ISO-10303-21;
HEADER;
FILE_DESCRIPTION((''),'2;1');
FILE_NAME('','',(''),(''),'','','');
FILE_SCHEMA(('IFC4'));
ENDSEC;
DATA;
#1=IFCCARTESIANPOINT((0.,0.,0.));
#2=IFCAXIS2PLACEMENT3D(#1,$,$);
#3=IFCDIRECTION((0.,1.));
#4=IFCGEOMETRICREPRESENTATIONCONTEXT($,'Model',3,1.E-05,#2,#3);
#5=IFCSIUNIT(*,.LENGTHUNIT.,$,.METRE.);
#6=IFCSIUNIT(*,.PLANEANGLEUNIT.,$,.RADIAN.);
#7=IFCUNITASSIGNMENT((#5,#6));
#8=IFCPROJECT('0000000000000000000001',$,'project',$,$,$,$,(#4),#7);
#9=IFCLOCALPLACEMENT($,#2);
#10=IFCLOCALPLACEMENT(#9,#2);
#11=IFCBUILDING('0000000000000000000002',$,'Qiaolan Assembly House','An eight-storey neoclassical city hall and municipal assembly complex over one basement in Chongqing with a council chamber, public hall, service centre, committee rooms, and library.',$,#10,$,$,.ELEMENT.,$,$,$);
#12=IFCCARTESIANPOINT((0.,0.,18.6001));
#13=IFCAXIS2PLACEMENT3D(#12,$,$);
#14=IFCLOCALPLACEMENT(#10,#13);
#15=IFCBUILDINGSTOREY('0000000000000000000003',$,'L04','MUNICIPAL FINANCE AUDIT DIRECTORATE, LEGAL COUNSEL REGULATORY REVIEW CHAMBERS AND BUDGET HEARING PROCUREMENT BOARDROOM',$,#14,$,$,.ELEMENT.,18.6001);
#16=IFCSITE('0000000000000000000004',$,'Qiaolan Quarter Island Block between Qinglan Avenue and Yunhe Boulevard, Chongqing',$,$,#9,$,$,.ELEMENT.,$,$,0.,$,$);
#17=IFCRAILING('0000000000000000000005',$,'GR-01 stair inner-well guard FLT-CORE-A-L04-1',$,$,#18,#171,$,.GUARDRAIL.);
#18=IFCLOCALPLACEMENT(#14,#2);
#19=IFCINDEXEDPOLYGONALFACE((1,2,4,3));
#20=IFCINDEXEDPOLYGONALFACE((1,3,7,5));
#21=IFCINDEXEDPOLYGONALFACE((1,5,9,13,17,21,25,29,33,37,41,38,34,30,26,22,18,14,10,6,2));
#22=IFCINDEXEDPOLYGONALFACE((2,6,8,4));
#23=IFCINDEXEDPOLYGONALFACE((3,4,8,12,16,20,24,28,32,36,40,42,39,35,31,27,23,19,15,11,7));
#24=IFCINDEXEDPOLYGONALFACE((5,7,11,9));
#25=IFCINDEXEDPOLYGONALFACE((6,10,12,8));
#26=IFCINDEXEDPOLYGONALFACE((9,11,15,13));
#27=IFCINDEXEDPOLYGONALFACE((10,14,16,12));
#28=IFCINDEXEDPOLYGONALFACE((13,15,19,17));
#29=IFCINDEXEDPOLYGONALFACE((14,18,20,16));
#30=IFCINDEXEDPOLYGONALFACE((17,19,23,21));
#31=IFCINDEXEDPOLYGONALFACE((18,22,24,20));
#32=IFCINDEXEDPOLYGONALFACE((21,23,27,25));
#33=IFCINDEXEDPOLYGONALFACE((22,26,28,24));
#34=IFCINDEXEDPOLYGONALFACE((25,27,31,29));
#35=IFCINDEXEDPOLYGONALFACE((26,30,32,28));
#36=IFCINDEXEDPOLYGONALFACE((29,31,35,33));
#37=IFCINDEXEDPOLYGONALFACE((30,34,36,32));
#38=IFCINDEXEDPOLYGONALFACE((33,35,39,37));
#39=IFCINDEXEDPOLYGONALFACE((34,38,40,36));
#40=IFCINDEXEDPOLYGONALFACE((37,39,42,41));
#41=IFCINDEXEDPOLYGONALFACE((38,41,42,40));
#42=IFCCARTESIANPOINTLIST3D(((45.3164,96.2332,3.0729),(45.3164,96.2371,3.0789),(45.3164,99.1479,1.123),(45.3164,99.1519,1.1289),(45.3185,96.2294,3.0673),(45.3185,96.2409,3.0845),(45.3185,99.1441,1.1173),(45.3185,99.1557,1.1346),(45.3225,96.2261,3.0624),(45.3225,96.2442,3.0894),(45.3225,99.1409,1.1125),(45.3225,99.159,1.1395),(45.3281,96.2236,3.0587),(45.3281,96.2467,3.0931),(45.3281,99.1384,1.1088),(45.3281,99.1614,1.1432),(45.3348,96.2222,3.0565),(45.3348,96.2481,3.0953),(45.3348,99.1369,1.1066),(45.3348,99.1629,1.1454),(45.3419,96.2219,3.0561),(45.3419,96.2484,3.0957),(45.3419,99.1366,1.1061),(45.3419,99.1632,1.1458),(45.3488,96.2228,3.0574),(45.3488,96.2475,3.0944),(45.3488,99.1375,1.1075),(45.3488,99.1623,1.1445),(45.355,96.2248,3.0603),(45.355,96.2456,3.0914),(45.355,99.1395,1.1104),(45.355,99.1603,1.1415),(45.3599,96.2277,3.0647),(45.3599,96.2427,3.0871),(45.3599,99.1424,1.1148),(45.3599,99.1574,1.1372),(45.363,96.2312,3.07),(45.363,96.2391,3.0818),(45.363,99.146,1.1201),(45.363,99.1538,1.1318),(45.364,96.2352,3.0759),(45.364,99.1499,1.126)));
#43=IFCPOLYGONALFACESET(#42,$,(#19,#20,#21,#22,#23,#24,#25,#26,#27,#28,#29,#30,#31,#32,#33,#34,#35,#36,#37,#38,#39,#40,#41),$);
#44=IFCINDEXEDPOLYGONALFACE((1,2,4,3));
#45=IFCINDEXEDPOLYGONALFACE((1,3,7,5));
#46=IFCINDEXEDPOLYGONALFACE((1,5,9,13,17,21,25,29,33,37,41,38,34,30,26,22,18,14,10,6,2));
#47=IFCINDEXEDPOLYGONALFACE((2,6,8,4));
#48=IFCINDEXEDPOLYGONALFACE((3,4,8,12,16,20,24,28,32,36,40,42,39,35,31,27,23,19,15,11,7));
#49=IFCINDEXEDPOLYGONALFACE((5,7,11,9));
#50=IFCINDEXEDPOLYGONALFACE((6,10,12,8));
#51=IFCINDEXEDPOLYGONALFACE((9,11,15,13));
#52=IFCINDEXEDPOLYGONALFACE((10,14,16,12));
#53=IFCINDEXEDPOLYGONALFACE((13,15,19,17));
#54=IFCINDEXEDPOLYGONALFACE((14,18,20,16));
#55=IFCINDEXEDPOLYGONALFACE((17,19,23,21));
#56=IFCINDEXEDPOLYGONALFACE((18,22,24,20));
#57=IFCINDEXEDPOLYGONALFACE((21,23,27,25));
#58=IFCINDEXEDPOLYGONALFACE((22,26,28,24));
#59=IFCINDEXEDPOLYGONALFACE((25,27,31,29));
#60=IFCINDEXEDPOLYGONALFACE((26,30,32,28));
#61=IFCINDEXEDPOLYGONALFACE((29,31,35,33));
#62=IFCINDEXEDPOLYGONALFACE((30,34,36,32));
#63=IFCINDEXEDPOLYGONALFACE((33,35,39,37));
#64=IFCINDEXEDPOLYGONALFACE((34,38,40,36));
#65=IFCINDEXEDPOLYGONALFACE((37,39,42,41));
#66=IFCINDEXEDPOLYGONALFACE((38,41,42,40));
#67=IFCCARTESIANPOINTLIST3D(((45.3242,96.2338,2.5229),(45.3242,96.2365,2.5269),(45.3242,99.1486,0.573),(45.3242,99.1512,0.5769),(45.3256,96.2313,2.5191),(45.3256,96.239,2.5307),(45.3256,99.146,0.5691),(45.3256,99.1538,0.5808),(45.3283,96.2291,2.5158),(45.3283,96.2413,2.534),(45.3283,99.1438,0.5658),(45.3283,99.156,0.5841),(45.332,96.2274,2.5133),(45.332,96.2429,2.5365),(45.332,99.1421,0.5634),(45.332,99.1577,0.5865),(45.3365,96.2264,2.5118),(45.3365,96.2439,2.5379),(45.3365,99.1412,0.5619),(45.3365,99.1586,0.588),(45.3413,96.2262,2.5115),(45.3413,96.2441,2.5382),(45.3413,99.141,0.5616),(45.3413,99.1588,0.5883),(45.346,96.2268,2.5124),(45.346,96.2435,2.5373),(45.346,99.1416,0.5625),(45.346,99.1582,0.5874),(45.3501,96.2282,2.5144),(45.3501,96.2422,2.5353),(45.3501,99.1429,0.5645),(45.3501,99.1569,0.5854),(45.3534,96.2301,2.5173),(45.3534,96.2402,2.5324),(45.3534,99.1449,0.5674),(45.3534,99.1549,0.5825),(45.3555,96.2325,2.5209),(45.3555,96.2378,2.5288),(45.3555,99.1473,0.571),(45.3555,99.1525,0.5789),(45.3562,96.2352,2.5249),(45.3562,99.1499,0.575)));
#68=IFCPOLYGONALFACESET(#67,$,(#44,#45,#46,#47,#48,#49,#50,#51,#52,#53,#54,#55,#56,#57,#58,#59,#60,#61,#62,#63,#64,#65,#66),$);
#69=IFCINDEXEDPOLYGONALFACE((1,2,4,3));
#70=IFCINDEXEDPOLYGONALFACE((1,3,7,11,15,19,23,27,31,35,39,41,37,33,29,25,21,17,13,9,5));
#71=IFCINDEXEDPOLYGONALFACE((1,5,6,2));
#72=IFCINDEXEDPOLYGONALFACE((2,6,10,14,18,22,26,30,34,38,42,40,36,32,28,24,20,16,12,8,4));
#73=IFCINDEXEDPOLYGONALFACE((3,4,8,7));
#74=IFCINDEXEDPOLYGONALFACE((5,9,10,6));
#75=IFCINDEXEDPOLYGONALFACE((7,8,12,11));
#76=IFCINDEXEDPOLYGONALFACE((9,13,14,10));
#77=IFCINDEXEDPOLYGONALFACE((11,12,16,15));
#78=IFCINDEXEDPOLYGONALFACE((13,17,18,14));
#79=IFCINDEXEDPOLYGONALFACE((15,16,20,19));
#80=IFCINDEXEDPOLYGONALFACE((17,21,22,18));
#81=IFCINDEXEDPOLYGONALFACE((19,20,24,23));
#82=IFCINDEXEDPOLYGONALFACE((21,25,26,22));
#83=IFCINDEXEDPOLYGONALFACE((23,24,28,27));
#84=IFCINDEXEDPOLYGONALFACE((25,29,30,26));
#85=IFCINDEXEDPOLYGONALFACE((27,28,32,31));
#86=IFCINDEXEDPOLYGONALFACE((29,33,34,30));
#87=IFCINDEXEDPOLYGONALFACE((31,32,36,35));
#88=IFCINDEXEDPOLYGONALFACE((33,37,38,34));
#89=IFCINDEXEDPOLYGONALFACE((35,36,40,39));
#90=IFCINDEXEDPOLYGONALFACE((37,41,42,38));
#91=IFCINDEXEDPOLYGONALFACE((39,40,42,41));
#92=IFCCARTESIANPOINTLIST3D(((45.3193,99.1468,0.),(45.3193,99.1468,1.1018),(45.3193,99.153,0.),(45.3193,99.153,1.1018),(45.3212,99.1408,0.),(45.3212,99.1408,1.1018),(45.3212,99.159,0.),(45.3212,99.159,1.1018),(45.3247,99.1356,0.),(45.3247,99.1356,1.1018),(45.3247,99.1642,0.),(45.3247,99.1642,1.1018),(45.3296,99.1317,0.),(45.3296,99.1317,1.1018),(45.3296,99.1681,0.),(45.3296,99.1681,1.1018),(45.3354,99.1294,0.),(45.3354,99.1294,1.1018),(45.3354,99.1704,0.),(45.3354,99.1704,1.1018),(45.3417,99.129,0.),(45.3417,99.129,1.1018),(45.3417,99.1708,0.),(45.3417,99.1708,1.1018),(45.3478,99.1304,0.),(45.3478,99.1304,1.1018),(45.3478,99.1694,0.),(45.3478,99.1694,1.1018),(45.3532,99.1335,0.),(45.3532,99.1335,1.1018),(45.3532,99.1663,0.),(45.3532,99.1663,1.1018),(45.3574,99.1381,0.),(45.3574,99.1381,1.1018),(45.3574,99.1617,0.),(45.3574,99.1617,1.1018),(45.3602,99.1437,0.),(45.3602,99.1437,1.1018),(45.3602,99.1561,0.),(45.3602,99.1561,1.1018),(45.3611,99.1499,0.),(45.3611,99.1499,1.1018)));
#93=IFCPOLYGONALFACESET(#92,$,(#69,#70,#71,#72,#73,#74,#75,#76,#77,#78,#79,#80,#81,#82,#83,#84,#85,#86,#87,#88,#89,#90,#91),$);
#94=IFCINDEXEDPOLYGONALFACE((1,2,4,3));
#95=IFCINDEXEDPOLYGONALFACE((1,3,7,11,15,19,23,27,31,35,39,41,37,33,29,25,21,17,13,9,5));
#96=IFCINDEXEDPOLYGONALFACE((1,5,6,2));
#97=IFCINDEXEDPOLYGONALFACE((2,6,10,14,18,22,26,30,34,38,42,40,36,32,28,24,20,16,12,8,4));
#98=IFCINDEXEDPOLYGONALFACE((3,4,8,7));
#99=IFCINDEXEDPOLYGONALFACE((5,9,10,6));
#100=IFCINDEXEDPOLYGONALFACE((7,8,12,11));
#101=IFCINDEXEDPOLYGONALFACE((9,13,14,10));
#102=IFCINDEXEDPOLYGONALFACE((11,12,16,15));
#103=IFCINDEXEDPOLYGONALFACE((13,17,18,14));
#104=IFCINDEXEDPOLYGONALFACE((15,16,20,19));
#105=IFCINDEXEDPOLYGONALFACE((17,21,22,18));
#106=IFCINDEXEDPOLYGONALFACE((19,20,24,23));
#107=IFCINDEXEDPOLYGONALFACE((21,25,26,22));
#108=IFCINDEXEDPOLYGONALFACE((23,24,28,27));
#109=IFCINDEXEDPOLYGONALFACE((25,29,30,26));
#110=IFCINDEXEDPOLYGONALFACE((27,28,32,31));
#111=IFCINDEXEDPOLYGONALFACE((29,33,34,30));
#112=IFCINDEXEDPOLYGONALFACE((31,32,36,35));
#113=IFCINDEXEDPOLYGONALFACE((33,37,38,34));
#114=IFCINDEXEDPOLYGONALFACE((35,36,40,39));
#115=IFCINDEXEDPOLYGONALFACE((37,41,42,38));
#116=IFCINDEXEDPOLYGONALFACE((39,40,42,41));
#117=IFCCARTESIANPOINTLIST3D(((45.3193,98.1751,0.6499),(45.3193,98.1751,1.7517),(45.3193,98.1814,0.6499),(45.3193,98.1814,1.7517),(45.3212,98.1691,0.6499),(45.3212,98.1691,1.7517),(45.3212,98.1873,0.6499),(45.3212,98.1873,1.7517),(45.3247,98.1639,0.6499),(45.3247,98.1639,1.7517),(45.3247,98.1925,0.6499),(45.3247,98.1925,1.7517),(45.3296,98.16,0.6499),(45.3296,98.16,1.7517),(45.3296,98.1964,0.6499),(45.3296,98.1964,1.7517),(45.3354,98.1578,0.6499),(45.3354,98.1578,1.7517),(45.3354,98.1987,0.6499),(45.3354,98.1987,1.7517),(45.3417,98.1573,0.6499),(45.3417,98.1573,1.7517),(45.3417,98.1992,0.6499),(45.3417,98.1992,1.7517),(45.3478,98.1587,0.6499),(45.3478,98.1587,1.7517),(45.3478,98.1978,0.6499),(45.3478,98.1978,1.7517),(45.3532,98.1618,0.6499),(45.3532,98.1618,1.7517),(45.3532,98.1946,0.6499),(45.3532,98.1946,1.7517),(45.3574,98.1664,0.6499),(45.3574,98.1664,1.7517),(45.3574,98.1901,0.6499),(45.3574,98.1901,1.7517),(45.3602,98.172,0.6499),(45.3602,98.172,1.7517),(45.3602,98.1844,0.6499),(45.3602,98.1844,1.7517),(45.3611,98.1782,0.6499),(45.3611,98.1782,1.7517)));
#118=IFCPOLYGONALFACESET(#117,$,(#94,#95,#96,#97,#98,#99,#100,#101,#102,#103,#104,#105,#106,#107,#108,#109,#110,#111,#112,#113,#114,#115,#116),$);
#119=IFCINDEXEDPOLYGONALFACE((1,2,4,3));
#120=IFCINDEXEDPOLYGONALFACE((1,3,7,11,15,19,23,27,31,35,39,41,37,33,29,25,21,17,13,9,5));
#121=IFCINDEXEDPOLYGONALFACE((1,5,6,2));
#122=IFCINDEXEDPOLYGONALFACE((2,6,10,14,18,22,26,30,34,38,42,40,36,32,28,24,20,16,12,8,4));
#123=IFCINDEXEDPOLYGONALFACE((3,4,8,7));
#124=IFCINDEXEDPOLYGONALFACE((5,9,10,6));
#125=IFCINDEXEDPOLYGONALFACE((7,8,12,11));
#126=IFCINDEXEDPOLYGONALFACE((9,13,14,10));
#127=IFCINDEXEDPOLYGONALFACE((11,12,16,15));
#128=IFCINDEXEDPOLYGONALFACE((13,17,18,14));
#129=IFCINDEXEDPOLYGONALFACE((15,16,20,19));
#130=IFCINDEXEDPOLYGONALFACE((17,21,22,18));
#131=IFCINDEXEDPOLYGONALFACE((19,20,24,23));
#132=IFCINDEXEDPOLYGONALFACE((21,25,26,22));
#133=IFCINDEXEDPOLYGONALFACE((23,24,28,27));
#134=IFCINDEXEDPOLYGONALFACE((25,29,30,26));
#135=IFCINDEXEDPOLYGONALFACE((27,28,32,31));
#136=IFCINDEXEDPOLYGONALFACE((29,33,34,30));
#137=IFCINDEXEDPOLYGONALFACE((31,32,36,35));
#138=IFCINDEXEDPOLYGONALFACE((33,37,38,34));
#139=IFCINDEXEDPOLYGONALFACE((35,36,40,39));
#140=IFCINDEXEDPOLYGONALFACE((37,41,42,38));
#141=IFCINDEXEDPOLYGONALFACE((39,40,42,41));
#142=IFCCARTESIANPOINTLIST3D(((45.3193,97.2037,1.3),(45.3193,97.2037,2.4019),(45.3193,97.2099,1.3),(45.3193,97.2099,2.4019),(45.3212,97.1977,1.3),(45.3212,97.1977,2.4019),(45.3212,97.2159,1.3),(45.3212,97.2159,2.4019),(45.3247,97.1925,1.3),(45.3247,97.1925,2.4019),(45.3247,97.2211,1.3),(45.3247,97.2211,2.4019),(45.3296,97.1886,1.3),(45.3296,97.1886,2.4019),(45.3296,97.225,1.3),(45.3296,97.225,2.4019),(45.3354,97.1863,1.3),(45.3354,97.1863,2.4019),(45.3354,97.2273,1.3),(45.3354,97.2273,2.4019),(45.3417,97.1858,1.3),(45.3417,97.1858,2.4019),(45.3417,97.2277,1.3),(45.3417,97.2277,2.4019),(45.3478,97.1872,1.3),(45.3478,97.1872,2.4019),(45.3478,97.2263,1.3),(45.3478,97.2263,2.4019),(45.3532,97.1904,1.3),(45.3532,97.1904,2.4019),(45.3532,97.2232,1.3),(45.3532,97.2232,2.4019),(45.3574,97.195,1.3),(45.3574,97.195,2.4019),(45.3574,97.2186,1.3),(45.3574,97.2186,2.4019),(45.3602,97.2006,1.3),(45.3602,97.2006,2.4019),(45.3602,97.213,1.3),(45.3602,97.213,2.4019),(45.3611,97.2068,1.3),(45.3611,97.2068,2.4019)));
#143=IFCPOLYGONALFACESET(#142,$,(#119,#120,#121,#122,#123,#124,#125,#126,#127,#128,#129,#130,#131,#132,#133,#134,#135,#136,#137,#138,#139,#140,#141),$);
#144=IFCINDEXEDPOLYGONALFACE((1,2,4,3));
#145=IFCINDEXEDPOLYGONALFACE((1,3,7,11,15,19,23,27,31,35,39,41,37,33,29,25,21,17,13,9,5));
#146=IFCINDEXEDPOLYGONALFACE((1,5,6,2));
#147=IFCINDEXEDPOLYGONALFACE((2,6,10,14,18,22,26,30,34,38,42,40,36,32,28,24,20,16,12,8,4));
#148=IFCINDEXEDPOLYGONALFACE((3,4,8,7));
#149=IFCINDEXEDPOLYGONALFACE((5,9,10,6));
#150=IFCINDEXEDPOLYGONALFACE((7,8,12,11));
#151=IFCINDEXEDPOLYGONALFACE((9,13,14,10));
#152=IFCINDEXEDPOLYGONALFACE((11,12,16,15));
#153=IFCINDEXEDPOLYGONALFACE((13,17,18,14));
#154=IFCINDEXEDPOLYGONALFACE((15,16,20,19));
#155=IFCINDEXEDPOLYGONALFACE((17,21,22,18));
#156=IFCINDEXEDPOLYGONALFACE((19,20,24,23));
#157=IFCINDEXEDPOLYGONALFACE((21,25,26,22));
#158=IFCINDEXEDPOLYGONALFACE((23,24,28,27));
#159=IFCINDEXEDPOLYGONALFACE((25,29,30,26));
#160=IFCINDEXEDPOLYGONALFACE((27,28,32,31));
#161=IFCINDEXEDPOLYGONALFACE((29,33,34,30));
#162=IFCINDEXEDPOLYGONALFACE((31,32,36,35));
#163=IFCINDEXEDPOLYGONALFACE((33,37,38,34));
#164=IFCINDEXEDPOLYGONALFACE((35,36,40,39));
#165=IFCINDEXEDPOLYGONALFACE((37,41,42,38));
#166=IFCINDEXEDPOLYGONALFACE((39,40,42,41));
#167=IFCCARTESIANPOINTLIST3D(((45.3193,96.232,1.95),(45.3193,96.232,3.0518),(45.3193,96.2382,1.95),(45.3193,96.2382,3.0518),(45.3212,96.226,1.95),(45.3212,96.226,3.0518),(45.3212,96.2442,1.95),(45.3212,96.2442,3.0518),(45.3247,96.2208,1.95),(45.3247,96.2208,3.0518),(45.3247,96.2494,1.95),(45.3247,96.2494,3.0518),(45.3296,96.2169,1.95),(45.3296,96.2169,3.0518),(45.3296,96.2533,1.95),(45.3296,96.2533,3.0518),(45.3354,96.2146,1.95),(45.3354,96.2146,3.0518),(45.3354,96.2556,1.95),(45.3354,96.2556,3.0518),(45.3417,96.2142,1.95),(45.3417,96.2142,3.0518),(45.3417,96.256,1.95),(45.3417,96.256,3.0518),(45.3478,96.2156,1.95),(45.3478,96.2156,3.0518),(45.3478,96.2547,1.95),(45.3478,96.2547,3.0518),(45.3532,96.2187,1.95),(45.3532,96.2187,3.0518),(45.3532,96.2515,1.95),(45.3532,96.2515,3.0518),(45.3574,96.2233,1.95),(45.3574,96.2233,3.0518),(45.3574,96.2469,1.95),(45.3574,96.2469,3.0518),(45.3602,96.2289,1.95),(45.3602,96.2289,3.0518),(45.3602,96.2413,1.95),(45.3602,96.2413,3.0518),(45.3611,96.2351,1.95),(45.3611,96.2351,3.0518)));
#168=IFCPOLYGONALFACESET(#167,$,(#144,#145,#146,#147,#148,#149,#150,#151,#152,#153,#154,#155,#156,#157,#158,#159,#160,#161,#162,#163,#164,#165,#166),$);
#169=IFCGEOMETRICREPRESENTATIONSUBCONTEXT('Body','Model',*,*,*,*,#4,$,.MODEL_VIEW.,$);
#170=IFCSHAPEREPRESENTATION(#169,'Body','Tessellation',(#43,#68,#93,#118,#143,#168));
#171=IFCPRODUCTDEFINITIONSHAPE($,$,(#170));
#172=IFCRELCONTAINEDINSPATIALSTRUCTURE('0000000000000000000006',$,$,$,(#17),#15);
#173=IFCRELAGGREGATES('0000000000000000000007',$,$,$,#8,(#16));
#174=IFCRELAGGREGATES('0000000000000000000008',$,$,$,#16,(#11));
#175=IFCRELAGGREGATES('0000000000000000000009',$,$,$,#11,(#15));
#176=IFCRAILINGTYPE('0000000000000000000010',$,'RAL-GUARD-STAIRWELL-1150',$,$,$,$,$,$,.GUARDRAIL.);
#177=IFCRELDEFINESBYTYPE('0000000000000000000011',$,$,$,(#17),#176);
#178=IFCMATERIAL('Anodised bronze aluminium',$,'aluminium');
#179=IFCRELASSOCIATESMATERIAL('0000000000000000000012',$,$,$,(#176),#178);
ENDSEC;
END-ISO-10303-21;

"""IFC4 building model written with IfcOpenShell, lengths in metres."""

from ifc_helpers import new_model, si_unit, direction, frame, origin, origin_2d, place, context, subcontext, project, spatial, circle, extrude, material, type_object, element, save


model = new_model("IFC4")

# Units and contexts
model_context = context("Model", 3, precision=1e-05, world=origin(), true_north=direction((0.0, 1.0)))
body_context = subcontext(model_context, "Body", "Model", "MODEL_VIEW")
ifc_project = project(units=[si_unit("LENGTHUNIT", "METRE"), si_unit("PLANEANGLEUNIT", "RADIAN")], contexts=[model_context])

# Site, building, storey
site_placement = place(None, origin())
site = spatial("IfcSite", under=ifc_project, at=site_placement, Name="Qiaolan Quarter Island Block between Qinglan Avenue and Yunhe Boulevard, Chongqing", CompositionType="ELEMENT", RefElevation=0.0)
building_placement = place(site_placement, origin())
building = spatial("IfcBuilding", under=site, at=building_placement, Name="Qiaolan Assembly House", Description="An eight-storey neoclassical city hall and municipal assembly complex over one basement in Chongqing with a council chamber, public hall, service centre, committee rooms, and library.", CompositionType="ELEMENT")
storey_placement = place(building_placement, frame((0.0, 0.0, 18.6001)))
storey = spatial("IfcBuildingStorey", under=building, at=storey_placement, Name="L04", Description="MUNICIPAL FINANCE AUDIT DIRECTORATE, LEGAL COUNSEL REGULATORY REVIEW CHAMBERS AND BUDGET HEARING PROCUREMENT BOARDROOM", CompositionType="ELEMENT", Elevation=18.6001)

# Shared definitions
ifc_material_1 = material(Name="Anodised bronze aluminium", Category="aluminium")

# Railing
railing_type_1 = type_object("IfcRailingType", Name="RAL-GUARD-STAIRWELL-1150", PredefinedType="GUARDRAIL", material=ifc_material_1)
railing_1_placement = place(storey_placement, frame((45.3401, 99.1499, 0.0)))
element("IfcRailing", 1, at=railing_1_placement, inside=storey, type_object=railing_type_1, Name="GR-01 stair inner-well guard FLT-CORE-A-L04-1", PredefinedType="GUARDRAIL", context=body_context, shape_type="SweptSolid", body=[
    extrude(circle(Radius=0.0239, at=origin_2d()), frame((0.0, 0.0, 1.126), z_axis=(0.0, -0.83116, 0.556033), x_axis=(1.0, 0.0, 0.0)), (0.0, 0.0, 1.0), 3.5068),
    extrude(circle(Radius=0.0161, at=origin_2d()), frame((0.0, 0.0, 0.575), z_axis=(0.0, -0.83116, 0.556033), x_axis=(1.0, 0.0, 0.0)), (0.0, 0.0, 1.0), 3.5068),
    extrude(circle(Radius=0.021, at=origin_2d()), origin(), (0.0, 0.0, 1.0), 1.1018),
    extrude(circle(Radius=0.021, at=origin_2d()), frame((0.0, -0.9717, 0.6499)), (0.0, 0.0, 1.0), 1.1018),
    extrude(circle(Radius=0.021, at=origin_2d()), frame((0.0, -1.9431, 1.3)), (0.0, 0.0, 1.0), 1.1018),
    extrude(circle(Radius=0.021, at=origin_2d()), frame((0.0, -2.9148, 1.95)), (0.0, 0.0, 1.0), 1.1018),
])

save(model, "model.ifc")
